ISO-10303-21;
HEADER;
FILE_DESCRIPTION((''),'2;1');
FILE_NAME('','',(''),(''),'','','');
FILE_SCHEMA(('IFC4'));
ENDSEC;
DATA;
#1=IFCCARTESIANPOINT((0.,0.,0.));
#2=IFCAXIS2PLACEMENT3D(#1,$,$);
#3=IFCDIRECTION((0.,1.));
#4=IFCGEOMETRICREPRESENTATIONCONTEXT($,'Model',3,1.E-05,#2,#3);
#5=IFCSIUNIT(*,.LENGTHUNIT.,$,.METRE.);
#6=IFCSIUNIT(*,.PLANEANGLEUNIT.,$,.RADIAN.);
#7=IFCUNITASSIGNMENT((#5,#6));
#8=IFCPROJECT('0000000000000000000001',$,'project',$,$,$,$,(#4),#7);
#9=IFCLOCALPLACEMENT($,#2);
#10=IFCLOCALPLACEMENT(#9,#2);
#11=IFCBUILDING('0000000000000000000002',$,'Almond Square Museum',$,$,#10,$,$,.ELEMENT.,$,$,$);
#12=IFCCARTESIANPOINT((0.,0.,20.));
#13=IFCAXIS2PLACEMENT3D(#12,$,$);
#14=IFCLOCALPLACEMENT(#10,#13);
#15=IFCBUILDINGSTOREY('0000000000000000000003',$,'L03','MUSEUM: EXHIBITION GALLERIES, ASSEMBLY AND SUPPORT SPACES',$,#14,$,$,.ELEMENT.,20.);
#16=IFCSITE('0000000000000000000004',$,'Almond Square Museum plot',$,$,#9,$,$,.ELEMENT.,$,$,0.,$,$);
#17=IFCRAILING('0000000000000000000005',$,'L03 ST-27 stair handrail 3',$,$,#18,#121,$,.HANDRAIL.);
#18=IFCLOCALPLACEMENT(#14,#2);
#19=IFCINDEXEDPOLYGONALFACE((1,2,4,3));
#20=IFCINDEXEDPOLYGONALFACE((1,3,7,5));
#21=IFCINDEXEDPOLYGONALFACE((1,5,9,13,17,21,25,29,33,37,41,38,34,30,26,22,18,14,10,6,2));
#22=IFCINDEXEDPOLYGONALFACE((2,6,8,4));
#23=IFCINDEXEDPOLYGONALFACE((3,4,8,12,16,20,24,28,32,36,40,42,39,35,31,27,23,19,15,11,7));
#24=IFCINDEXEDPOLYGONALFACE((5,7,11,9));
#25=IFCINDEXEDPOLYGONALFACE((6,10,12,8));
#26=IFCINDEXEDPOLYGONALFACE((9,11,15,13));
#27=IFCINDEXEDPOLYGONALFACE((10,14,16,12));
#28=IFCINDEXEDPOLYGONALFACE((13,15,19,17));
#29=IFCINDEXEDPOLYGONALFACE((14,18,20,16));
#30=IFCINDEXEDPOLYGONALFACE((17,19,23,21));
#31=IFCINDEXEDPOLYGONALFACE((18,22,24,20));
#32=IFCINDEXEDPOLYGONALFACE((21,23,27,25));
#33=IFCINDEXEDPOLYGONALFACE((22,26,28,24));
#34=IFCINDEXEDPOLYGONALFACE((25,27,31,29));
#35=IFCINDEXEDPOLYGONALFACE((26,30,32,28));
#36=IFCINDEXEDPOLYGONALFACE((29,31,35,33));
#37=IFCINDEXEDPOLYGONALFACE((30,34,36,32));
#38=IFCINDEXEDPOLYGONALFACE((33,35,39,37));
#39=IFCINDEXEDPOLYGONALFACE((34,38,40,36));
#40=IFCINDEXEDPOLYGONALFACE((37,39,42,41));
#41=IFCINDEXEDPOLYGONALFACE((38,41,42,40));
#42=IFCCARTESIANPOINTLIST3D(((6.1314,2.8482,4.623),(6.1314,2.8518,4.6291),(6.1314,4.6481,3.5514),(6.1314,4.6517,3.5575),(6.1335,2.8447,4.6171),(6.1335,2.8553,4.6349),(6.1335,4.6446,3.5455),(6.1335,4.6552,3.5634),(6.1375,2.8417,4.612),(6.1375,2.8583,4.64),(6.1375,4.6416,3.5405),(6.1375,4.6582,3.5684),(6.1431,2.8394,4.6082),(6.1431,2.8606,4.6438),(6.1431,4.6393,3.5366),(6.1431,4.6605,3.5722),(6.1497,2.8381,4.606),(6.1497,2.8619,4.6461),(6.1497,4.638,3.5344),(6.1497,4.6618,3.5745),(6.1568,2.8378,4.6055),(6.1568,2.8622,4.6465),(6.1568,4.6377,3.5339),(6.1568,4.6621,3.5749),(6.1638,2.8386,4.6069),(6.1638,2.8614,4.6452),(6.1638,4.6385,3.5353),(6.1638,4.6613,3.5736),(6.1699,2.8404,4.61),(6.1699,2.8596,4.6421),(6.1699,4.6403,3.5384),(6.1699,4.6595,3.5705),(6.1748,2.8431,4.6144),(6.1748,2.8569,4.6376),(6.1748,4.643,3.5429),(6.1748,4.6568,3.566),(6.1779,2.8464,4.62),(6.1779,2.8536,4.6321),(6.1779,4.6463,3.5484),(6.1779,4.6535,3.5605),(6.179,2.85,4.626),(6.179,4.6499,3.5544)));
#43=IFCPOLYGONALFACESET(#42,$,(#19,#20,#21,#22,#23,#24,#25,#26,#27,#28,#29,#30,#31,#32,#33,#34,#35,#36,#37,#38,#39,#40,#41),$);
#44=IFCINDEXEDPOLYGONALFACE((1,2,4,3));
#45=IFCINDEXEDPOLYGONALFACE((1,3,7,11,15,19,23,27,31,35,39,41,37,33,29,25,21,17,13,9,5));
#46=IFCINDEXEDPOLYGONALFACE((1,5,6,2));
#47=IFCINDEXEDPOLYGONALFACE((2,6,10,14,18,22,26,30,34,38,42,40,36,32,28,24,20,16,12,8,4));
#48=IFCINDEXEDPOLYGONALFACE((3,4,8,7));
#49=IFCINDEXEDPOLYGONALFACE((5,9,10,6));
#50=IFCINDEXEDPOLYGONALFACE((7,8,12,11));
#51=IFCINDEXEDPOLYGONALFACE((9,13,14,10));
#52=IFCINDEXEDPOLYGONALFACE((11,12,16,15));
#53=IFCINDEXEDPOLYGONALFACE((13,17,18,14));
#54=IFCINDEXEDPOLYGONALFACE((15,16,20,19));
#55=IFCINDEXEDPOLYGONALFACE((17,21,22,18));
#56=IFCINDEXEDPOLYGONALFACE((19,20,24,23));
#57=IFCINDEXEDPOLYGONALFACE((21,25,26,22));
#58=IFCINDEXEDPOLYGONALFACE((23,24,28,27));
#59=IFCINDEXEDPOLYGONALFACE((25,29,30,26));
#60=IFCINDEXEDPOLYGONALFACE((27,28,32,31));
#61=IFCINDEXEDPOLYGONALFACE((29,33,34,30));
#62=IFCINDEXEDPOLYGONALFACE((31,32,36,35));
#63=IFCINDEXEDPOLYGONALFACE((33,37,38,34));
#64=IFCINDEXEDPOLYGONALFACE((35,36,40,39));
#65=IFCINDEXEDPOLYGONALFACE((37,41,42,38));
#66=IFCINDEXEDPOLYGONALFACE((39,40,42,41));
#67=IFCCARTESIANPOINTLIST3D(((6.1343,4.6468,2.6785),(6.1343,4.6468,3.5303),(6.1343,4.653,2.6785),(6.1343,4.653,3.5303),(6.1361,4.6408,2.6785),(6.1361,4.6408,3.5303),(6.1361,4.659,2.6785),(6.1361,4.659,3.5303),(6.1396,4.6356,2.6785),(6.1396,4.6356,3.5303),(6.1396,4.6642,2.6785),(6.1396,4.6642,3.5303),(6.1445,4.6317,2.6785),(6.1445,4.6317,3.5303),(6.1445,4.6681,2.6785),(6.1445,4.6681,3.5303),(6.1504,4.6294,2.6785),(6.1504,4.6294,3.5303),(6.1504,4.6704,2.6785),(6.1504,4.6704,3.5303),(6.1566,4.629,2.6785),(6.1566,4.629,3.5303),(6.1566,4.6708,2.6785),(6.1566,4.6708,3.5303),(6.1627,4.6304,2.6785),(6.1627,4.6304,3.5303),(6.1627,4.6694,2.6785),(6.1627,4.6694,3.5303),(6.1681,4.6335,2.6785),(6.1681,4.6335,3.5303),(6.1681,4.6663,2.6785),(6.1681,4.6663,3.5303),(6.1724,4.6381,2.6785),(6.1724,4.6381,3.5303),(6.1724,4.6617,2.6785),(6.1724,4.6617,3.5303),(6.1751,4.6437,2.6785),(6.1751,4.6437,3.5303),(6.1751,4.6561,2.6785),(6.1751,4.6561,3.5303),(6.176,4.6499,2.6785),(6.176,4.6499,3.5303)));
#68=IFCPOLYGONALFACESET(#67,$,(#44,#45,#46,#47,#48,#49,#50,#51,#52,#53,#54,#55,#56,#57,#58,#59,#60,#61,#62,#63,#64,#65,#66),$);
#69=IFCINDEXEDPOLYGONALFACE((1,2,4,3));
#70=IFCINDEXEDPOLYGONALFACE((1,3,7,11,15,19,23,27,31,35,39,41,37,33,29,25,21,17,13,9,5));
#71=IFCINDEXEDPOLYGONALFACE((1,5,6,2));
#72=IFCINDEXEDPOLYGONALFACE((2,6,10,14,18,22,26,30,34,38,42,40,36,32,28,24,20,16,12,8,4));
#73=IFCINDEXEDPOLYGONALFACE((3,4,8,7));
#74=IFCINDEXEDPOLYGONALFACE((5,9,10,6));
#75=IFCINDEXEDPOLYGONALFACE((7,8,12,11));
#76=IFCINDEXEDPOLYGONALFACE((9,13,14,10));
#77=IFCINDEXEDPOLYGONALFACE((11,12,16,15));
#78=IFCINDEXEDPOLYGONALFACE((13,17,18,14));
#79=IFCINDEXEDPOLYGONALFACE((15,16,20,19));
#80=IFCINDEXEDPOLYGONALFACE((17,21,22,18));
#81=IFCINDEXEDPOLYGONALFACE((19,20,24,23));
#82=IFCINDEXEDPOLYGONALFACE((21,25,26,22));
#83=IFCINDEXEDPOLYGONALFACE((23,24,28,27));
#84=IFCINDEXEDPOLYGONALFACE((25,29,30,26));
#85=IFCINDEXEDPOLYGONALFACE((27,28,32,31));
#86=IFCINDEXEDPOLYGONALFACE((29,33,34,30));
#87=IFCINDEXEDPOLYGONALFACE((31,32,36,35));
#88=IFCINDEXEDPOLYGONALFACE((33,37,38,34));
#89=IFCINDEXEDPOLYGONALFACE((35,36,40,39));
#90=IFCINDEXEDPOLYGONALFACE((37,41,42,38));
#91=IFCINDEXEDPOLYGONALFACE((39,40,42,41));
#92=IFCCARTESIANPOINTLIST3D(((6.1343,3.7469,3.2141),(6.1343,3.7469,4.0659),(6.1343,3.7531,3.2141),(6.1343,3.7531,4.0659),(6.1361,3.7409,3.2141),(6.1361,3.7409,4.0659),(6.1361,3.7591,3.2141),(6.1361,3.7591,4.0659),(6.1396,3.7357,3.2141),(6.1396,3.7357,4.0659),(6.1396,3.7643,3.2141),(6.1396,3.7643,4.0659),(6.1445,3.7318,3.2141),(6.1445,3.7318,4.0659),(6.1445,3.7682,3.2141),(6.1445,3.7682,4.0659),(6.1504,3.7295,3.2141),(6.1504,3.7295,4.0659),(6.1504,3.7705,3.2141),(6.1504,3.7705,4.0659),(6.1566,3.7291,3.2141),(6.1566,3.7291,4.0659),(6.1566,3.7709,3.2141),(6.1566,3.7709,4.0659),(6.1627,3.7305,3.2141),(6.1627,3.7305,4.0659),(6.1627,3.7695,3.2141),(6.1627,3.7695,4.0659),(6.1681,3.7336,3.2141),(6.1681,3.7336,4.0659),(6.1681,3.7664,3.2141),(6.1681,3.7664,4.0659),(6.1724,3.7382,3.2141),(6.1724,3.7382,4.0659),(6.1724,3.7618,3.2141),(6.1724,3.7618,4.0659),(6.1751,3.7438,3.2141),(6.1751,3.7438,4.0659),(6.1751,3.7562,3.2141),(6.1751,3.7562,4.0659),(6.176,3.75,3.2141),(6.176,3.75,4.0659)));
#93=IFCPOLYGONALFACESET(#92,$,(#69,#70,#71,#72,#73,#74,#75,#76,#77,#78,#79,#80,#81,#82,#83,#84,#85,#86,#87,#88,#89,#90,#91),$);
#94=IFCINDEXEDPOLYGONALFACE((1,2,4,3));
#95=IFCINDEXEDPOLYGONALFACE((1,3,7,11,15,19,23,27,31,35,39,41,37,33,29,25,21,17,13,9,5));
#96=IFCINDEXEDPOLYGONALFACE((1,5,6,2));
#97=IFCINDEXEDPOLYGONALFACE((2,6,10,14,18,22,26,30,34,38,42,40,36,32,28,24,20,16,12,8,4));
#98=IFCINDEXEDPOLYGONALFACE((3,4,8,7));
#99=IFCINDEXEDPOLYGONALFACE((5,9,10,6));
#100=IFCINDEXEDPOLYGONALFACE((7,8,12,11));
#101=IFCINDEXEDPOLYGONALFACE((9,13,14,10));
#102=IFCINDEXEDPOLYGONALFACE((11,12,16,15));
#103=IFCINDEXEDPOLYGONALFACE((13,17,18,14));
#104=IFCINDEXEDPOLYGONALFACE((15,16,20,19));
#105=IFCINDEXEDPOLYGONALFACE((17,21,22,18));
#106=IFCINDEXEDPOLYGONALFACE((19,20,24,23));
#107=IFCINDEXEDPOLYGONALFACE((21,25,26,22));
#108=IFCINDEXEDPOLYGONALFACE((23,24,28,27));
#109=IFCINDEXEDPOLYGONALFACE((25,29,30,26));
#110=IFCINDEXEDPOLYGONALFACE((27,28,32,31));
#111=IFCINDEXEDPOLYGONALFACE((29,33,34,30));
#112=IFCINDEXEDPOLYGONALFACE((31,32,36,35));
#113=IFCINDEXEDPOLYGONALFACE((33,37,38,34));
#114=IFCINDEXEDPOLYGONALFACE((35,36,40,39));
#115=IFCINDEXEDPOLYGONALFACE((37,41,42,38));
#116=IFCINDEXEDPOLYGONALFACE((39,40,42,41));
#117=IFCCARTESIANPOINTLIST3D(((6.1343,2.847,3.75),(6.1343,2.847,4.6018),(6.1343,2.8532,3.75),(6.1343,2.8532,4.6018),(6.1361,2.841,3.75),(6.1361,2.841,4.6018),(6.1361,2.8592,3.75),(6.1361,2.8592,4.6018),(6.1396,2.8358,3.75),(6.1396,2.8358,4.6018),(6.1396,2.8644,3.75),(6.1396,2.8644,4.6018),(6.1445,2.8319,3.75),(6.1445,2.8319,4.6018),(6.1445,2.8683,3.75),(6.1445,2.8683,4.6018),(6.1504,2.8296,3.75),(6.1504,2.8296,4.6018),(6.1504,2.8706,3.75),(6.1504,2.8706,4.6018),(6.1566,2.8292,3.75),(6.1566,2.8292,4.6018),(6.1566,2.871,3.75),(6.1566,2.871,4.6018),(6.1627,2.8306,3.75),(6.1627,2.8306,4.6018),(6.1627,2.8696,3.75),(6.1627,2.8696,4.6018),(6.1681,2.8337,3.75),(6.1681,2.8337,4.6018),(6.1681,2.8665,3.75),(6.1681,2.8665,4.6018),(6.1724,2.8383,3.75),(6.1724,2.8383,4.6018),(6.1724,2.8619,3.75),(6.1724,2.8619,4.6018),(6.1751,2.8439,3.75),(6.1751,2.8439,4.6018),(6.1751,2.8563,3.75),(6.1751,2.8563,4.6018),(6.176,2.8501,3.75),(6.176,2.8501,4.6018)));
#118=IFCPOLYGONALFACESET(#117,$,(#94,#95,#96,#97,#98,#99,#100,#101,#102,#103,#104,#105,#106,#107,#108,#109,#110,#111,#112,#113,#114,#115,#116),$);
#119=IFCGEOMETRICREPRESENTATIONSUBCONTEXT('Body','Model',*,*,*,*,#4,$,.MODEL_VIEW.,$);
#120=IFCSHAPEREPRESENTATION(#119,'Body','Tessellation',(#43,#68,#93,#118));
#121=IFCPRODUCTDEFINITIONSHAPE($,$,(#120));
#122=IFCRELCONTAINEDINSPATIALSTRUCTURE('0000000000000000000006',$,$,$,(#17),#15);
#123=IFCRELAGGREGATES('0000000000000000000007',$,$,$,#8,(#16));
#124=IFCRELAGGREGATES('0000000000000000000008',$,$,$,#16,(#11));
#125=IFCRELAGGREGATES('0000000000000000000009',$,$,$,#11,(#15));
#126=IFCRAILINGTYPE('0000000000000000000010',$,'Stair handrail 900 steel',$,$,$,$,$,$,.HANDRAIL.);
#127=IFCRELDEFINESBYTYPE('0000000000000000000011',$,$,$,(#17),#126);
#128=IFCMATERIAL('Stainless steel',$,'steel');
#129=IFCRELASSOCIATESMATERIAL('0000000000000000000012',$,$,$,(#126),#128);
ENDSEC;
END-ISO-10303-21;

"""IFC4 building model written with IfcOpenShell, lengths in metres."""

from ifc_helpers import new_model, si_unit, direction, frame, origin, origin_2d, place, context, subcontext, project, spatial, circle, extrude, material, type_object, element, save


model = new_model("IFC4")

# Units and contexts
model_context = context("Model", 3, precision=1e-05, world=origin(), true_north=direction((0.0, 1.0)))
body_context = subcontext(model_context, "Body", "Model", "MODEL_VIEW")
ifc_project = project(units=[si_unit("LENGTHUNIT", "METRE"), si_unit("PLANEANGLEUNIT", "RADIAN")], contexts=[model_context])

# Site, building, storey
site_placement = place(None, origin())
site = spatial("IfcSite", under=ifc_project, at=site_placement, Name="Almond Square Museum plot", CompositionType="ELEMENT", RefElevation=0.0)
building_placement = place(site_placement, origin())
building = spatial("IfcBuilding", under=site, at=building_placement, Name="Almond Square Museum", CompositionType="ELEMENT")
storey_placement = place(building_placement, frame((0.0, 0.0, 20.0)))
storey = spatial("IfcBuildingStorey", under=building, at=storey_placement, Name="L03", Description="MUSEUM: EXHIBITION GALLERIES, ASSEMBLY AND SUPPORT SPACES", CompositionType="ELEMENT", Elevation=20.0)

# Railing
ifc_material_1 = material(Name="Stainless steel", Category="steel")
railing_type_1 = type_object("IfcRailingType", Name="Stair handrail 900 steel", PredefinedType="HANDRAIL", material=ifc_material_1)
railing_1_placement = place(storey_placement, frame((6.155, 4.6499, 2.6785)))
element("IfcRailing", 1, at=railing_1_placement, inside=storey, type_object=railing_type_1, Name="L03 ST-27 stair handrail 3", PredefinedType="HANDRAIL", context=body_context, shape_type="SweptSolid", body=[
    extrude(circle(Radius=0.0239, at=origin_2d()), frame((0.0, 0.0, 0.876), z_axis=(0.0, -0.859247, 0.511562), x_axis=(1.0, 0.0, 0.0)), (0.0, 0.0, 1.0), 2.0947),
    extrude(circle(Radius=0.021, at=origin_2d()), origin(), (0.0, 0.0, 1.0), 0.8518),
    extrude(circle(Radius=0.021, at=origin_2d()), frame((0.0, -0.8999, 0.5356)), (0.0, 0.0, 1.0), 0.8518),
    extrude(circle(Radius=0.021, at=origin_2d()), frame((0.0, -1.7998, 1.0715)), (0.0, 0.0, 1.0), 0.8518),
])

save(model, "model.ifc")
